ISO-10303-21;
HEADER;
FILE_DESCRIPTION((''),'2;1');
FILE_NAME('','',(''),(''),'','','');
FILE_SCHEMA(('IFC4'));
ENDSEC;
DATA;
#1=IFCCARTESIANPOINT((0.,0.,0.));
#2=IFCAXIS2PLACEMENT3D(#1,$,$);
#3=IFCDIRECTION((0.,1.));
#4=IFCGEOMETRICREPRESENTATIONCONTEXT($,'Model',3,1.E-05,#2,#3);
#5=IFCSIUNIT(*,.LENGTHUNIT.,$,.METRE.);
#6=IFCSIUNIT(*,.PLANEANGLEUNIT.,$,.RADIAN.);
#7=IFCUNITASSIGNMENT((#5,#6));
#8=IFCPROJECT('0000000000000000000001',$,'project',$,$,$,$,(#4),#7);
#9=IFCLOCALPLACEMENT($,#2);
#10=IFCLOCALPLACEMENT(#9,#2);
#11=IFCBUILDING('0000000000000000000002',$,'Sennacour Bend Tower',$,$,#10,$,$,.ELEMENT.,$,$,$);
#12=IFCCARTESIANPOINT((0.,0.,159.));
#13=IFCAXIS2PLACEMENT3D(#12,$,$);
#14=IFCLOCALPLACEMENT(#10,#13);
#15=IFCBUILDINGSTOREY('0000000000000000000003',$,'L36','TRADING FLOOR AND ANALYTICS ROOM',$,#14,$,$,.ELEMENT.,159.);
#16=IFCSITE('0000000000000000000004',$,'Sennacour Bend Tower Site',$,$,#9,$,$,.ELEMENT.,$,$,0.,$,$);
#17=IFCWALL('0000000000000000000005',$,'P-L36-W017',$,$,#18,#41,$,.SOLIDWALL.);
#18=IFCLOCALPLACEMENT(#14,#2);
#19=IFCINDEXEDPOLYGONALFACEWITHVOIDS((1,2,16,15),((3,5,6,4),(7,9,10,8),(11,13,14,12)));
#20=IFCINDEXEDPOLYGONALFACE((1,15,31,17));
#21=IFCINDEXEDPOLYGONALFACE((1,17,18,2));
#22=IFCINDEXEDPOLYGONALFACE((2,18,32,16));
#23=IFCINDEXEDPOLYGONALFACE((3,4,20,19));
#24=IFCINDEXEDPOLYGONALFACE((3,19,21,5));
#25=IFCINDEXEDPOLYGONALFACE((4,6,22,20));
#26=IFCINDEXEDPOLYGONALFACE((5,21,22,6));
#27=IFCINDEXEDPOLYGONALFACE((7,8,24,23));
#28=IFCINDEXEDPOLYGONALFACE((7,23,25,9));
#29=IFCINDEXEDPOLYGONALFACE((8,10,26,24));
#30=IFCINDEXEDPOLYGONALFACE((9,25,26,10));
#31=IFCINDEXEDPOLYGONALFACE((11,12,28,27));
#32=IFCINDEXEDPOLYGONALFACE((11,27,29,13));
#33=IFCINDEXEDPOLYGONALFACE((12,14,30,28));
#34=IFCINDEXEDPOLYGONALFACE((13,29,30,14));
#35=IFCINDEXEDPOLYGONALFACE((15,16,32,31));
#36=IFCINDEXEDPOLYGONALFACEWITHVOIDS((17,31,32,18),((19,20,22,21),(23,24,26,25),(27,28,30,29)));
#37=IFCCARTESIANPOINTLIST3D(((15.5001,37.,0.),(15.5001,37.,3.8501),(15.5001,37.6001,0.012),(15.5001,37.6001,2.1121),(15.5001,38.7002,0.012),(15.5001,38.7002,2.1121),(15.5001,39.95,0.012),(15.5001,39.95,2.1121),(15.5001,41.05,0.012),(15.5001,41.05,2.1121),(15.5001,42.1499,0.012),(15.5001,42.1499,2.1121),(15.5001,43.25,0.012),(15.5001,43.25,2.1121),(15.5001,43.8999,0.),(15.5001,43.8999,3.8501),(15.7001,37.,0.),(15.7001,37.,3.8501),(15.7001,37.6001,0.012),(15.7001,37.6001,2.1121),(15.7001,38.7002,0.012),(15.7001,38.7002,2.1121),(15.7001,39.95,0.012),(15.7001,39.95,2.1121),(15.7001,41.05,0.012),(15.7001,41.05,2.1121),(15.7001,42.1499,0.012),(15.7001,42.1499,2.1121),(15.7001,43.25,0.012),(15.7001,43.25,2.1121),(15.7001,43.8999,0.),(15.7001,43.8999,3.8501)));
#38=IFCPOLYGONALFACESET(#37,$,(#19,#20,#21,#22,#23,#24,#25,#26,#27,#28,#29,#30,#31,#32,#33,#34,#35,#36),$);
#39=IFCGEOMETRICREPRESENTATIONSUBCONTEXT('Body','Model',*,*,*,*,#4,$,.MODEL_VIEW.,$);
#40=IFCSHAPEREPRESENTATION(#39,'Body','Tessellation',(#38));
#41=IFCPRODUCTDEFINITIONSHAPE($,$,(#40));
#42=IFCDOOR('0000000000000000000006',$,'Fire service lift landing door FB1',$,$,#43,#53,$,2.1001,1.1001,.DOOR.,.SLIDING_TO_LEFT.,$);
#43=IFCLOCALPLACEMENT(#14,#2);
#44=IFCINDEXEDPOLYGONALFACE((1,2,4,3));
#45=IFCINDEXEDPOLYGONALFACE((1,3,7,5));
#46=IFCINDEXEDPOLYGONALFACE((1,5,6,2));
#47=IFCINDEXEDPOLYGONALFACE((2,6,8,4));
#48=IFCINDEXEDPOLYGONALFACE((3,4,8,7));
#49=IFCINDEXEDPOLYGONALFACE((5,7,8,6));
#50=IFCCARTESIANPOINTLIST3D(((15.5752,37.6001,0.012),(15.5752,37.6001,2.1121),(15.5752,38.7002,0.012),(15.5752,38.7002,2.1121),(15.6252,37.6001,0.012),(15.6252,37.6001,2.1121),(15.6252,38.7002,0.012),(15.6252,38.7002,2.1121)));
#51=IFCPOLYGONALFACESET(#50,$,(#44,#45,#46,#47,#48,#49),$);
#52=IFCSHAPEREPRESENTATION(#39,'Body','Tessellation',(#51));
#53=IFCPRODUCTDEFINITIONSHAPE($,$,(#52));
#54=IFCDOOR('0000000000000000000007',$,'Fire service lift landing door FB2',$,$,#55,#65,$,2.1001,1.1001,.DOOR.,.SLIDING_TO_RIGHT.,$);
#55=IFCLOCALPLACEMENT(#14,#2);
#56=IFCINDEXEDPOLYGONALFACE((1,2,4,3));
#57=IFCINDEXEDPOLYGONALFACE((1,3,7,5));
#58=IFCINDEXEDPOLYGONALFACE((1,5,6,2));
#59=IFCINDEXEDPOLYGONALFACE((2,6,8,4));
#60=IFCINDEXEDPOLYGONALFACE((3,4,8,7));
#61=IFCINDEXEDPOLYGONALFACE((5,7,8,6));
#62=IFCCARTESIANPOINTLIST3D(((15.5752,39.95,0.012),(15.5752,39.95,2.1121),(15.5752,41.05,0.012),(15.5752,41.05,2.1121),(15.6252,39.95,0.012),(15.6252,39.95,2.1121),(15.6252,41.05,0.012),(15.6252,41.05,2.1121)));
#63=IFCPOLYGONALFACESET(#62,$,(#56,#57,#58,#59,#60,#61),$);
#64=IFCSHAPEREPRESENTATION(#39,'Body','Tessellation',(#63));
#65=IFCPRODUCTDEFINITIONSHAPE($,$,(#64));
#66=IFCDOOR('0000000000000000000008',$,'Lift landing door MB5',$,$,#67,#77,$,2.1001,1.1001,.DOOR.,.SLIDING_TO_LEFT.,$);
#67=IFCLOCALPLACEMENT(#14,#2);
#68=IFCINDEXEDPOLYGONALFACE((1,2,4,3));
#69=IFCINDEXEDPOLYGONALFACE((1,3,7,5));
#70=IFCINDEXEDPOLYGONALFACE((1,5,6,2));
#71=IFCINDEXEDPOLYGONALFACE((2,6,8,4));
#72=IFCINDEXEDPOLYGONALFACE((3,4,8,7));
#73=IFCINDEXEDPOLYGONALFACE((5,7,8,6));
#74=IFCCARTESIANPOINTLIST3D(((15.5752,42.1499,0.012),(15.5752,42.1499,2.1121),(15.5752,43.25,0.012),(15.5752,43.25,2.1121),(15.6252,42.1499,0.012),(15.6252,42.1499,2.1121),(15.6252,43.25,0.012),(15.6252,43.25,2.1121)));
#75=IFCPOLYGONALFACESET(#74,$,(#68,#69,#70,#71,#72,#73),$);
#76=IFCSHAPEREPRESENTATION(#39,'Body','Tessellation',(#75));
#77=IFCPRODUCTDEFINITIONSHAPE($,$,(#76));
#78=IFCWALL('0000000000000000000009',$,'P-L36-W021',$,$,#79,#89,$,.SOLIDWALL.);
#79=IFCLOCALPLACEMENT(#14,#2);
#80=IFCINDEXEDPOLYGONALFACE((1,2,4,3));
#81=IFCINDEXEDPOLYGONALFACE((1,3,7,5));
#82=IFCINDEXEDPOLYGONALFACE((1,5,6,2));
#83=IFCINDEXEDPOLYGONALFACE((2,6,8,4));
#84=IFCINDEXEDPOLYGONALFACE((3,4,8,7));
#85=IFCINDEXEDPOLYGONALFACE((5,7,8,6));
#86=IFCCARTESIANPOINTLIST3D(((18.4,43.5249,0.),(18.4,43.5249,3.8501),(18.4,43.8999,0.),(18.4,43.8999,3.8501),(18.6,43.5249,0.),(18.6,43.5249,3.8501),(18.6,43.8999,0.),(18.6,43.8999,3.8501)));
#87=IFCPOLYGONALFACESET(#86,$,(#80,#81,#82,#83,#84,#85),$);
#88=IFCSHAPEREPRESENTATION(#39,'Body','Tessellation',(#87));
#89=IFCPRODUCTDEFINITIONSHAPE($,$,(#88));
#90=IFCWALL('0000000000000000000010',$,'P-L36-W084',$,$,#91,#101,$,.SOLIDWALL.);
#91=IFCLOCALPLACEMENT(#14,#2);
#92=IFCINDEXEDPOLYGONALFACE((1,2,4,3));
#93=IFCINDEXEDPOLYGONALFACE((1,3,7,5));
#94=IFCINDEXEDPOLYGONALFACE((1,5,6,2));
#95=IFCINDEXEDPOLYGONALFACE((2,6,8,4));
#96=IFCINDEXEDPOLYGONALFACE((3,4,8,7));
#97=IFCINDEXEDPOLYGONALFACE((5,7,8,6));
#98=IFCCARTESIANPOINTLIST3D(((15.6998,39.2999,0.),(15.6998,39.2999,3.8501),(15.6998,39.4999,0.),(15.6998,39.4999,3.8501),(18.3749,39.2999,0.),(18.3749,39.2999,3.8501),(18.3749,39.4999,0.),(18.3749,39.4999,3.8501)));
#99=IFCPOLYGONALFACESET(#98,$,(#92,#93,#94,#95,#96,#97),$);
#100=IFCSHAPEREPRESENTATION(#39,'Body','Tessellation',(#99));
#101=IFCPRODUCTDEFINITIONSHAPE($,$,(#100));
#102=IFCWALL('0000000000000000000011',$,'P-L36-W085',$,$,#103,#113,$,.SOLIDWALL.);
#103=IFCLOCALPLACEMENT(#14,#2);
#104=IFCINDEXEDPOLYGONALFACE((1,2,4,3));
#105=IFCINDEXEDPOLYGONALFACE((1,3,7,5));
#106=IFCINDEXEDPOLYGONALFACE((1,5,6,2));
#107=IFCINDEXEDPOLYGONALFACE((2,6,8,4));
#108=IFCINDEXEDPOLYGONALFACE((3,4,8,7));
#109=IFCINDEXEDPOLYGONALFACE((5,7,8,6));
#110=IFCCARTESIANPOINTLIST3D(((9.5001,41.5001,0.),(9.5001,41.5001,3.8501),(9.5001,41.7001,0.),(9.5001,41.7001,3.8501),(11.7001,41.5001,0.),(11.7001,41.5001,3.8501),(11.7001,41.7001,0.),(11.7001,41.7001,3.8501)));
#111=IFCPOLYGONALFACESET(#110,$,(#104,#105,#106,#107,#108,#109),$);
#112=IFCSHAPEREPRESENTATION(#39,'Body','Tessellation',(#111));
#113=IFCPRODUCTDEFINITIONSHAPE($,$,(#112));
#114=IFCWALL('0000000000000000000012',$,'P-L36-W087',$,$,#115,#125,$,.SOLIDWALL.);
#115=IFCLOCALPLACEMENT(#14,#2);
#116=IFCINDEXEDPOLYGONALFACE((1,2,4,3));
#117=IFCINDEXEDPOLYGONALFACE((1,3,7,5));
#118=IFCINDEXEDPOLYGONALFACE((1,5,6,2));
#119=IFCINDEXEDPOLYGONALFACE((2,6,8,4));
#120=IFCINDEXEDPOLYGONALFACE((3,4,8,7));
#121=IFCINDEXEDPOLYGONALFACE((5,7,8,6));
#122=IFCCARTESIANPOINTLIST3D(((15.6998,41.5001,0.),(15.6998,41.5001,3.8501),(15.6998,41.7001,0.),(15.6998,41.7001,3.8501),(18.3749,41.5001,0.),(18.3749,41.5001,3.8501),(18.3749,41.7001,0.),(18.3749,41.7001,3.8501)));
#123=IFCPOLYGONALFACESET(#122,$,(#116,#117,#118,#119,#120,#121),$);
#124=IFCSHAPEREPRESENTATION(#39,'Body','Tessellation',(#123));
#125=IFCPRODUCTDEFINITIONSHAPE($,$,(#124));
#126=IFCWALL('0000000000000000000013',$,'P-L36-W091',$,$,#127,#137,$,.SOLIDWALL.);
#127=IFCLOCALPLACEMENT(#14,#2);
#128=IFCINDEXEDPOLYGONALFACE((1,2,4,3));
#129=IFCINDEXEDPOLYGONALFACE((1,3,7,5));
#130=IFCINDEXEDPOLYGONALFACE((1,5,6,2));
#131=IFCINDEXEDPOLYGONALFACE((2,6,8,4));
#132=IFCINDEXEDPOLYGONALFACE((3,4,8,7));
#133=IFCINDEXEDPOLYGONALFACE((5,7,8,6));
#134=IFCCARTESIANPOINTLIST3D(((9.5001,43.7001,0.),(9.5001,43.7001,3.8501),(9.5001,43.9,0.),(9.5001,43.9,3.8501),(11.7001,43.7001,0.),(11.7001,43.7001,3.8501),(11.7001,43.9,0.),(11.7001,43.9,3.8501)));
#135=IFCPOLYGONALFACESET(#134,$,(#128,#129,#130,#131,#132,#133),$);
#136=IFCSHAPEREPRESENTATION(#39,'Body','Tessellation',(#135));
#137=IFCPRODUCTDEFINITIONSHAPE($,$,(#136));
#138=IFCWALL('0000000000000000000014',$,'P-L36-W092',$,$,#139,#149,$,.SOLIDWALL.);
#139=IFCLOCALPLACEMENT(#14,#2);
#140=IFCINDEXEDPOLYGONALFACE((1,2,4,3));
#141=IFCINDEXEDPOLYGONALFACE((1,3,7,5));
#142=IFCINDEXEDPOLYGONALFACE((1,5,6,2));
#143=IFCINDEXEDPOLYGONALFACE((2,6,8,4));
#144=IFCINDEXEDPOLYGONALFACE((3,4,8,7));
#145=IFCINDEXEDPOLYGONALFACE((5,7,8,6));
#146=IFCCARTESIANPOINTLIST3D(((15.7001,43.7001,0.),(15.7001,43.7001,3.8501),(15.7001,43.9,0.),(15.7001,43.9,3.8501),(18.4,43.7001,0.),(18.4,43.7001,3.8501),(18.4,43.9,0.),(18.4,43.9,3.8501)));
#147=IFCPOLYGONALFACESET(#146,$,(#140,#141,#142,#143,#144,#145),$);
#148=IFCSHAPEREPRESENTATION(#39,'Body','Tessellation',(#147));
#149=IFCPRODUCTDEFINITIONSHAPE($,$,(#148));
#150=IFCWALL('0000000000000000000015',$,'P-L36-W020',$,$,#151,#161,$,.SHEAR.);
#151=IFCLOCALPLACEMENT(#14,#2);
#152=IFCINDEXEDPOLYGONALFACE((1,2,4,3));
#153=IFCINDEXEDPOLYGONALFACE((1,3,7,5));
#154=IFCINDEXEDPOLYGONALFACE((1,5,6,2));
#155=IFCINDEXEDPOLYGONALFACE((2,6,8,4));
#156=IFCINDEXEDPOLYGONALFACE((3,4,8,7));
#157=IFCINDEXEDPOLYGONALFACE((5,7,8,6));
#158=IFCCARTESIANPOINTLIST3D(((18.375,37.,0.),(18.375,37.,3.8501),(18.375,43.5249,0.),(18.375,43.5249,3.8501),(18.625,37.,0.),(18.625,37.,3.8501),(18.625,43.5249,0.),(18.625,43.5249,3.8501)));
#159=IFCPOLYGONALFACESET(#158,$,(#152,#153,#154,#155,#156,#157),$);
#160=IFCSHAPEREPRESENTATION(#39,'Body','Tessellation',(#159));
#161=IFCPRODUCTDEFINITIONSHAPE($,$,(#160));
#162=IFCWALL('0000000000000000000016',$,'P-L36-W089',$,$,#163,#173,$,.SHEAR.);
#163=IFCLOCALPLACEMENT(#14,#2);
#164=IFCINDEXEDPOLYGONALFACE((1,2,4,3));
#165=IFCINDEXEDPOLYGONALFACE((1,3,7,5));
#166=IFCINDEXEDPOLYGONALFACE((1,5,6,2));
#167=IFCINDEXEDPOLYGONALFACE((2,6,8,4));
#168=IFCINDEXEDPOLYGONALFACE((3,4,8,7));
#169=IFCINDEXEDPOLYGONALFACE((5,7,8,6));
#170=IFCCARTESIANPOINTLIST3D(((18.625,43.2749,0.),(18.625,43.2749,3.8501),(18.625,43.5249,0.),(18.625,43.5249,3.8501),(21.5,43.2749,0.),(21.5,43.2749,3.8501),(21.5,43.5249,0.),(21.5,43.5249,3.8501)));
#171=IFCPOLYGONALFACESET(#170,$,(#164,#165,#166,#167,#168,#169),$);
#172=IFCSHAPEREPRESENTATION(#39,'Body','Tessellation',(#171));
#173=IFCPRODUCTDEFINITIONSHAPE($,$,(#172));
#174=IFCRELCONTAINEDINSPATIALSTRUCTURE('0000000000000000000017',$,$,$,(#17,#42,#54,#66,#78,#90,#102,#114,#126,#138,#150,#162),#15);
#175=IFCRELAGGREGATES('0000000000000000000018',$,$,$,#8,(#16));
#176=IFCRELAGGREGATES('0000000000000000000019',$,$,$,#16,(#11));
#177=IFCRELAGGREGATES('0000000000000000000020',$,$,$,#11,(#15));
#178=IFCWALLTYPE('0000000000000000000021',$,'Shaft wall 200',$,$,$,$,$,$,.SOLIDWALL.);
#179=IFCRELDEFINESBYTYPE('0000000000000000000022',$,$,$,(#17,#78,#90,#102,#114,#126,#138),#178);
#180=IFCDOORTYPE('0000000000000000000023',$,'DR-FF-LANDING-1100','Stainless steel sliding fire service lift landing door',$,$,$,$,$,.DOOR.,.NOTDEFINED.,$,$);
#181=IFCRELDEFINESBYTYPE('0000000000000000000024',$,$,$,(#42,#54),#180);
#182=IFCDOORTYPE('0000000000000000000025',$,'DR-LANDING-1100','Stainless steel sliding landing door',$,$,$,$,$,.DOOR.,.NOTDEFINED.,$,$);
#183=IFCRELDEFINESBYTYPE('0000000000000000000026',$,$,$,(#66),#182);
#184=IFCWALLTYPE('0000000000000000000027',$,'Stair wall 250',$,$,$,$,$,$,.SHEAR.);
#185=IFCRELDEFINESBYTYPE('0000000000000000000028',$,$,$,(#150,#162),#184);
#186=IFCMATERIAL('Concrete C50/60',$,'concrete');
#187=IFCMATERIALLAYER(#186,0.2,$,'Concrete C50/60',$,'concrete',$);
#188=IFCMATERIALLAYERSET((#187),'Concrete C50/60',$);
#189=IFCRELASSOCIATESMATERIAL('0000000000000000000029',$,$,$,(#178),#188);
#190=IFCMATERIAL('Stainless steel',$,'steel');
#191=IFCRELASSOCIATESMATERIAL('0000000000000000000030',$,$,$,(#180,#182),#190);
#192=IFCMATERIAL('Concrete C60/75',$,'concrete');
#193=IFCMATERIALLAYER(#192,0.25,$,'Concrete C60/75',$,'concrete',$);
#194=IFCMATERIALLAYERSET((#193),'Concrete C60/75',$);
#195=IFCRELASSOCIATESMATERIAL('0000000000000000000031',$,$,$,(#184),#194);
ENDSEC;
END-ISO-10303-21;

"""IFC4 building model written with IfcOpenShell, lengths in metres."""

from ifc_helpers import new_model, si_unit, direction, frame, frame_2d, origin, place, context, subcontext, project, spatial, rectangle, extrude, material, layer, layer_set, type_object, element, fill, save


model = new_model("IFC4")

# Units and contexts
model_context = context("Model", 3, precision=1e-05, world=origin(), true_north=direction((0.0, 1.0)))
body_context = subcontext(model_context, "Body", "Model", "MODEL_VIEW")
ifc_project = project(units=[si_unit("LENGTHUNIT", "METRE"), si_unit("PLANEANGLEUNIT", "RADIAN")], contexts=[model_context])

# Site, building, storey
site_placement = place(None, origin())
site = spatial("IfcSite", under=ifc_project, at=site_placement, Name="Sennacour Bend Tower Site", CompositionType="ELEMENT", RefElevation=0.0)
building_placement = place(site_placement, origin())
building = spatial("IfcBuilding", under=site, at=building_placement, Name="Sennacour Bend Tower", CompositionType="ELEMENT")
storey_placement = place(building_placement, frame((0.0, 0.0, 159.0)))
storey = spatial("IfcBuildingStorey", under=building, at=storey_placement, Name="L36", Description="TRADING FLOOR AND ANALYTICS ROOM", CompositionType="ELEMENT", Elevation=159.0)

# Shared definitions
ifc_material_1 = material(Name="Concrete C50/60", Category="concrete")
ifc_layer_1 = layer(ifc_material_1, 0.2, Name="Concrete C50/60", Category="concrete")
ifc_layer_set_1 = layer_set([ifc_layer_1], Name="Concrete C50/60")
wall_type_1 = type_object("IfcWallType", Name="Shaft wall 200", PredefinedType="SOLIDWALL", material=ifc_layer_set_1)

# Wall, openings, doors
wall_1_placement = place(storey_placement, frame((15.6001, 37.0, 0.0), z_axis=(0.0, 0.0, 1.0), x_axis=(0.0, 1.0, 0.0)))
wall_1 = element("IfcWall", 1, at=wall_1_placement, inside=storey, type_object=wall_type_1, Name="P-L36-W017", PredefinedType="SOLIDWALL", context=body_context, shape_type="SweptSolid", body=[
    extrude(rectangle(XDim=6.8999, YDim=0.2, at=frame_2d((3.45, 0.0))), origin(), (0.0, 0.0, 1.0), 3.8501),
])
opening_1_placement = place(wall_1_placement, frame((0.6001, 0.0, 0.012)))
opening_1 = element("IfcOpeningElement", 2, at=opening_1_placement, cuts=wall_1, PredefinedType="OPENING", context=body_context, shape_type="SweptSolid", body=[
    extrude(rectangle(XDim=1.1001, YDim=2.1001, at=frame_2d((0.55, 1.05))), frame((0.0, 0.1099, 0.0), z_axis=(0.0, -1.0, 0.0), x_axis=(1.0, 0.0, 0.0)), (0.0, 0.0, 1.0), 0.22),
])
opening_2_placement = place(wall_1_placement, frame((2.95, 0.0, 0.012)))
opening_2 = element("IfcOpeningElement", 3, at=opening_2_placement, cuts=wall_1, PredefinedType="OPENING", context=body_context, shape_type="SweptSolid", body=[
    extrude(rectangle(XDim=1.1001, YDim=2.1001, at=frame_2d((0.55, 1.05))), frame((0.0, 0.1099, 0.0), z_axis=(0.0, -1.0, 0.0), x_axis=(1.0, 0.0, 0.0)), (0.0, 0.0, 1.0), 0.22),
])
opening_3_placement = place(wall_1_placement, frame((5.1499, 0.0, 0.012)))
opening_3 = element("IfcOpeningElement", 4, at=opening_3_placement, cuts=wall_1, PredefinedType="OPENING", context=body_context, shape_type="SweptSolid", body=[
    extrude(rectangle(XDim=1.1001, YDim=2.1001, at=frame_2d((0.55, 1.05))), frame((0.0, 0.1099, 0.0), z_axis=(0.0, -1.0, 0.0), x_axis=(1.0, 0.0, 0.0)), (0.0, 0.0, 1.0), 0.22),
])
ifc_material_2 = material(Name="Stainless steel", Category="steel")
door_type_1 = type_object("IfcDoorType", Name="DR-FF-LANDING-1100", Description="Stainless steel sliding fire service lift landing door", OperationType="NOTDEFINED", PredefinedType="DOOR", material=ifc_material_2)
door_1_placement = place(opening_1_placement, origin())
door_1 = element("IfcDoor", 5, at=door_1_placement, inside=storey, type_object=door_type_1, Name="Fire service lift landing door FB1", OperationType="SLIDING_TO_LEFT", OverallHeight=2.1001, OverallWidth=1.1001, PredefinedType="DOOR", context=body_context, shape_type="SweptSolid", body=[
    extrude(rectangle(XDim=1.1001, YDim=2.1001, at=frame_2d((0.55, 1.05))), frame((0.0, 0.0249, 0.0), z_axis=(0.0, -1.0, 0.0), x_axis=(1.0, 0.0, 0.0)), (0.0, 0.0, 1.0), 0.05),
])
fill(opening_1, door_1)
door_2_placement = place(opening_2_placement, origin())
door_2 = element("IfcDoor", 6, at=door_2_placement, inside=storey, type_object=door_type_1, Name="Fire service lift landing door FB2", OperationType="SLIDING_TO_RIGHT", OverallHeight=2.1001, OverallWidth=1.1001, PredefinedType="DOOR", context=body_context, shape_type="SweptSolid", body=[
    extrude(rectangle(XDim=1.1001, YDim=2.1001, at=frame_2d((0.55, 1.05))), frame((0.0, 0.0249, 0.0), z_axis=(0.0, -1.0, 0.0), x_axis=(1.0, 0.0, 0.0)), (0.0, 0.0, 1.0), 0.05),
])
fill(opening_2, door_2)
door_type_2 = type_object("IfcDoorType", Name="DR-LANDING-1100", Description="Stainless steel sliding landing door", OperationType="NOTDEFINED", PredefinedType="DOOR", material=ifc_material_2)
door_3_placement = place(opening_3_placement, origin())
door_3 = element("IfcDoor", 7, at=door_3_placement, inside=storey, type_object=door_type_2, Name="Lift landing door MB5", OperationType="SLIDING_TO_LEFT", OverallHeight=2.1001, OverallWidth=1.1001, PredefinedType="DOOR", context=body_context, shape_type="SweptSolid", body=[
    extrude(rectangle(XDim=1.1001, YDim=2.1001, at=frame_2d((0.55, 1.05))), frame((0.0, 0.0249, 0.0), z_axis=(0.0, -1.0, 0.0), x_axis=(1.0, 0.0, 0.0)), (0.0, 0.0, 1.0), 0.05),
])
fill(opening_3, door_3)

# Walls
wall_2_placement = place(storey_placement, frame((18.5, 43.5249, 0.0), z_axis=(0.0, 0.0, 1.0), x_axis=(0.0, 1.0, 0.0)))
element("IfcWall", 8, at=wall_2_placement, inside=storey, type_object=wall_type_1, Name="P-L36-W021", PredefinedType="SOLIDWALL", context=body_context, shape_type="SweptSolid", body=[
    extrude(rectangle(XDim=0.375, YDim=0.2, at=frame_2d((0.1875, 0.0))), origin(), (0.0, 0.0, 1.0), 3.8501),
])
wall_3_placement = place(storey_placement, frame((15.7, 39.3999, 0.0), z_axis=(0.0, 0.0, 1.0), x_axis=(1.0, 0.0, 0.0)))
element("IfcWall", 9, at=wall_3_placement, inside=storey, type_object=wall_type_1, Name="P-L36-W084", PredefinedType="SOLIDWALL", context=body_context, shape_type="SweptSolid", body=[
    extrude(rectangle(XDim=2.675, YDim=0.2, at=frame_2d((1.3374, 0.0))), origin(), (0.0, 0.0, 1.0), 3.8501),
])
wall_4_placement = place(storey_placement, frame((9.5, 41.6001, 0.0), z_axis=(0.0, 0.0, 1.0), x_axis=(1.0, 0.0, 0.0)))
element("IfcWall", 10, at=wall_4_placement, inside=storey, type_object=wall_type_1, Name="P-L36-W085", PredefinedType="SOLIDWALL", context=body_context, shape_type="SweptSolid", body=[
    extrude(rectangle(XDim=2.2, YDim=0.2, at=frame_2d((1.1001, 0.0))), origin(), (0.0, 0.0, 1.0), 3.8501),
])
wall_5_placement = place(storey_placement, frame((15.7, 41.6001, 0.0), z_axis=(0.0, 0.0, 1.0), x_axis=(1.0, 0.0, 0.0)))
element("IfcWall", 11, at=wall_5_placement, inside=storey, type_object=wall_type_1, Name="P-L36-W087", PredefinedType="SOLIDWALL", context=body_context, shape_type="SweptSolid", body=[
    extrude(rectangle(XDim=2.675, YDim=0.2, at=frame_2d((1.3374, 0.0))), origin(), (0.0, 0.0, 1.0), 3.8501),
])
wall_6_placement = place(storey_placement, frame((9.5, 43.8, 0.0), z_axis=(0.0, 0.0, 1.0), x_axis=(1.0, 0.0, 0.0)))
element("IfcWall", 12, at=wall_6_placement, inside=storey, type_object=wall_type_1, Name="P-L36-W091", PredefinedType="SOLIDWALL", context=body_context, shape_type="SweptSolid", body=[
    extrude(rectangle(XDim=2.2, YDim=0.2, at=frame_2d((1.1001, 0.0))), origin(), (0.0, 0.0, 1.0), 3.8501),
])
wall_7_placement = place(storey_placement, frame((15.7, 43.8, 0.0), z_axis=(0.0, 0.0, 1.0), x_axis=(1.0, 0.0, 0.0)))
element("IfcWall", 13, at=wall_7_placement, inside=storey, type_object=wall_type_1, Name="P-L36-W092", PredefinedType="SOLIDWALL", context=body_context, shape_type="SweptSolid", body=[
    extrude(rectangle(XDim=2.7, YDim=0.2, at=frame_2d((1.3501, 0.0))), origin(), (0.0, 0.0, 1.0), 3.8501),
])
ifc_material_3 = material(Name="Concrete C60/75", Category="concrete")
ifc_layer_2 = layer(ifc_material_3, 0.25, Name="Concrete C60/75", Category="concrete")
ifc_layer_set_2 = layer_set([ifc_layer_2], Name="Concrete C60/75")
wall_type_2 = type_object("IfcWallType", Name="Stair wall 250", PredefinedType="SHEAR", material=ifc_layer_set_2)
wall_8_placement = place(storey_placement, frame((18.5, 37.0, 0.0), z_axis=(0.0, 0.0, 1.0), x_axis=(0.0, 1.0, 0.0)))
element("IfcWall", 14, at=wall_8_placement, inside=storey, type_object=wall_type_2, Name="P-L36-W020", PredefinedType="SHEAR", context=body_context, shape_type="SweptSolid", body=[
    extrude(rectangle(XDim=6.5249, YDim=0.25, at=frame_2d((3.2625, 0.0))), origin(), (0.0, 0.0, 1.0), 3.8501),
])
wall_9_placement = place(storey_placement, frame((18.625, 43.3999, 0.0), z_axis=(0.0, 0.0, 1.0), x_axis=(1.0, 0.0, 0.0)))
element("IfcWall", 15, at=wall_9_placement, inside=storey, type_object=wall_type_2, Name="P-L36-W089", PredefinedType="SHEAR", context=body_context, shape_type="SweptSolid", body=[
    extrude(rectangle(XDim=2.875, YDim=0.25, at=frame_2d((1.4375, 0.0))), origin(), (0.0, 0.0, 1.0), 3.8501),
])

save(model, "model.ifc")
